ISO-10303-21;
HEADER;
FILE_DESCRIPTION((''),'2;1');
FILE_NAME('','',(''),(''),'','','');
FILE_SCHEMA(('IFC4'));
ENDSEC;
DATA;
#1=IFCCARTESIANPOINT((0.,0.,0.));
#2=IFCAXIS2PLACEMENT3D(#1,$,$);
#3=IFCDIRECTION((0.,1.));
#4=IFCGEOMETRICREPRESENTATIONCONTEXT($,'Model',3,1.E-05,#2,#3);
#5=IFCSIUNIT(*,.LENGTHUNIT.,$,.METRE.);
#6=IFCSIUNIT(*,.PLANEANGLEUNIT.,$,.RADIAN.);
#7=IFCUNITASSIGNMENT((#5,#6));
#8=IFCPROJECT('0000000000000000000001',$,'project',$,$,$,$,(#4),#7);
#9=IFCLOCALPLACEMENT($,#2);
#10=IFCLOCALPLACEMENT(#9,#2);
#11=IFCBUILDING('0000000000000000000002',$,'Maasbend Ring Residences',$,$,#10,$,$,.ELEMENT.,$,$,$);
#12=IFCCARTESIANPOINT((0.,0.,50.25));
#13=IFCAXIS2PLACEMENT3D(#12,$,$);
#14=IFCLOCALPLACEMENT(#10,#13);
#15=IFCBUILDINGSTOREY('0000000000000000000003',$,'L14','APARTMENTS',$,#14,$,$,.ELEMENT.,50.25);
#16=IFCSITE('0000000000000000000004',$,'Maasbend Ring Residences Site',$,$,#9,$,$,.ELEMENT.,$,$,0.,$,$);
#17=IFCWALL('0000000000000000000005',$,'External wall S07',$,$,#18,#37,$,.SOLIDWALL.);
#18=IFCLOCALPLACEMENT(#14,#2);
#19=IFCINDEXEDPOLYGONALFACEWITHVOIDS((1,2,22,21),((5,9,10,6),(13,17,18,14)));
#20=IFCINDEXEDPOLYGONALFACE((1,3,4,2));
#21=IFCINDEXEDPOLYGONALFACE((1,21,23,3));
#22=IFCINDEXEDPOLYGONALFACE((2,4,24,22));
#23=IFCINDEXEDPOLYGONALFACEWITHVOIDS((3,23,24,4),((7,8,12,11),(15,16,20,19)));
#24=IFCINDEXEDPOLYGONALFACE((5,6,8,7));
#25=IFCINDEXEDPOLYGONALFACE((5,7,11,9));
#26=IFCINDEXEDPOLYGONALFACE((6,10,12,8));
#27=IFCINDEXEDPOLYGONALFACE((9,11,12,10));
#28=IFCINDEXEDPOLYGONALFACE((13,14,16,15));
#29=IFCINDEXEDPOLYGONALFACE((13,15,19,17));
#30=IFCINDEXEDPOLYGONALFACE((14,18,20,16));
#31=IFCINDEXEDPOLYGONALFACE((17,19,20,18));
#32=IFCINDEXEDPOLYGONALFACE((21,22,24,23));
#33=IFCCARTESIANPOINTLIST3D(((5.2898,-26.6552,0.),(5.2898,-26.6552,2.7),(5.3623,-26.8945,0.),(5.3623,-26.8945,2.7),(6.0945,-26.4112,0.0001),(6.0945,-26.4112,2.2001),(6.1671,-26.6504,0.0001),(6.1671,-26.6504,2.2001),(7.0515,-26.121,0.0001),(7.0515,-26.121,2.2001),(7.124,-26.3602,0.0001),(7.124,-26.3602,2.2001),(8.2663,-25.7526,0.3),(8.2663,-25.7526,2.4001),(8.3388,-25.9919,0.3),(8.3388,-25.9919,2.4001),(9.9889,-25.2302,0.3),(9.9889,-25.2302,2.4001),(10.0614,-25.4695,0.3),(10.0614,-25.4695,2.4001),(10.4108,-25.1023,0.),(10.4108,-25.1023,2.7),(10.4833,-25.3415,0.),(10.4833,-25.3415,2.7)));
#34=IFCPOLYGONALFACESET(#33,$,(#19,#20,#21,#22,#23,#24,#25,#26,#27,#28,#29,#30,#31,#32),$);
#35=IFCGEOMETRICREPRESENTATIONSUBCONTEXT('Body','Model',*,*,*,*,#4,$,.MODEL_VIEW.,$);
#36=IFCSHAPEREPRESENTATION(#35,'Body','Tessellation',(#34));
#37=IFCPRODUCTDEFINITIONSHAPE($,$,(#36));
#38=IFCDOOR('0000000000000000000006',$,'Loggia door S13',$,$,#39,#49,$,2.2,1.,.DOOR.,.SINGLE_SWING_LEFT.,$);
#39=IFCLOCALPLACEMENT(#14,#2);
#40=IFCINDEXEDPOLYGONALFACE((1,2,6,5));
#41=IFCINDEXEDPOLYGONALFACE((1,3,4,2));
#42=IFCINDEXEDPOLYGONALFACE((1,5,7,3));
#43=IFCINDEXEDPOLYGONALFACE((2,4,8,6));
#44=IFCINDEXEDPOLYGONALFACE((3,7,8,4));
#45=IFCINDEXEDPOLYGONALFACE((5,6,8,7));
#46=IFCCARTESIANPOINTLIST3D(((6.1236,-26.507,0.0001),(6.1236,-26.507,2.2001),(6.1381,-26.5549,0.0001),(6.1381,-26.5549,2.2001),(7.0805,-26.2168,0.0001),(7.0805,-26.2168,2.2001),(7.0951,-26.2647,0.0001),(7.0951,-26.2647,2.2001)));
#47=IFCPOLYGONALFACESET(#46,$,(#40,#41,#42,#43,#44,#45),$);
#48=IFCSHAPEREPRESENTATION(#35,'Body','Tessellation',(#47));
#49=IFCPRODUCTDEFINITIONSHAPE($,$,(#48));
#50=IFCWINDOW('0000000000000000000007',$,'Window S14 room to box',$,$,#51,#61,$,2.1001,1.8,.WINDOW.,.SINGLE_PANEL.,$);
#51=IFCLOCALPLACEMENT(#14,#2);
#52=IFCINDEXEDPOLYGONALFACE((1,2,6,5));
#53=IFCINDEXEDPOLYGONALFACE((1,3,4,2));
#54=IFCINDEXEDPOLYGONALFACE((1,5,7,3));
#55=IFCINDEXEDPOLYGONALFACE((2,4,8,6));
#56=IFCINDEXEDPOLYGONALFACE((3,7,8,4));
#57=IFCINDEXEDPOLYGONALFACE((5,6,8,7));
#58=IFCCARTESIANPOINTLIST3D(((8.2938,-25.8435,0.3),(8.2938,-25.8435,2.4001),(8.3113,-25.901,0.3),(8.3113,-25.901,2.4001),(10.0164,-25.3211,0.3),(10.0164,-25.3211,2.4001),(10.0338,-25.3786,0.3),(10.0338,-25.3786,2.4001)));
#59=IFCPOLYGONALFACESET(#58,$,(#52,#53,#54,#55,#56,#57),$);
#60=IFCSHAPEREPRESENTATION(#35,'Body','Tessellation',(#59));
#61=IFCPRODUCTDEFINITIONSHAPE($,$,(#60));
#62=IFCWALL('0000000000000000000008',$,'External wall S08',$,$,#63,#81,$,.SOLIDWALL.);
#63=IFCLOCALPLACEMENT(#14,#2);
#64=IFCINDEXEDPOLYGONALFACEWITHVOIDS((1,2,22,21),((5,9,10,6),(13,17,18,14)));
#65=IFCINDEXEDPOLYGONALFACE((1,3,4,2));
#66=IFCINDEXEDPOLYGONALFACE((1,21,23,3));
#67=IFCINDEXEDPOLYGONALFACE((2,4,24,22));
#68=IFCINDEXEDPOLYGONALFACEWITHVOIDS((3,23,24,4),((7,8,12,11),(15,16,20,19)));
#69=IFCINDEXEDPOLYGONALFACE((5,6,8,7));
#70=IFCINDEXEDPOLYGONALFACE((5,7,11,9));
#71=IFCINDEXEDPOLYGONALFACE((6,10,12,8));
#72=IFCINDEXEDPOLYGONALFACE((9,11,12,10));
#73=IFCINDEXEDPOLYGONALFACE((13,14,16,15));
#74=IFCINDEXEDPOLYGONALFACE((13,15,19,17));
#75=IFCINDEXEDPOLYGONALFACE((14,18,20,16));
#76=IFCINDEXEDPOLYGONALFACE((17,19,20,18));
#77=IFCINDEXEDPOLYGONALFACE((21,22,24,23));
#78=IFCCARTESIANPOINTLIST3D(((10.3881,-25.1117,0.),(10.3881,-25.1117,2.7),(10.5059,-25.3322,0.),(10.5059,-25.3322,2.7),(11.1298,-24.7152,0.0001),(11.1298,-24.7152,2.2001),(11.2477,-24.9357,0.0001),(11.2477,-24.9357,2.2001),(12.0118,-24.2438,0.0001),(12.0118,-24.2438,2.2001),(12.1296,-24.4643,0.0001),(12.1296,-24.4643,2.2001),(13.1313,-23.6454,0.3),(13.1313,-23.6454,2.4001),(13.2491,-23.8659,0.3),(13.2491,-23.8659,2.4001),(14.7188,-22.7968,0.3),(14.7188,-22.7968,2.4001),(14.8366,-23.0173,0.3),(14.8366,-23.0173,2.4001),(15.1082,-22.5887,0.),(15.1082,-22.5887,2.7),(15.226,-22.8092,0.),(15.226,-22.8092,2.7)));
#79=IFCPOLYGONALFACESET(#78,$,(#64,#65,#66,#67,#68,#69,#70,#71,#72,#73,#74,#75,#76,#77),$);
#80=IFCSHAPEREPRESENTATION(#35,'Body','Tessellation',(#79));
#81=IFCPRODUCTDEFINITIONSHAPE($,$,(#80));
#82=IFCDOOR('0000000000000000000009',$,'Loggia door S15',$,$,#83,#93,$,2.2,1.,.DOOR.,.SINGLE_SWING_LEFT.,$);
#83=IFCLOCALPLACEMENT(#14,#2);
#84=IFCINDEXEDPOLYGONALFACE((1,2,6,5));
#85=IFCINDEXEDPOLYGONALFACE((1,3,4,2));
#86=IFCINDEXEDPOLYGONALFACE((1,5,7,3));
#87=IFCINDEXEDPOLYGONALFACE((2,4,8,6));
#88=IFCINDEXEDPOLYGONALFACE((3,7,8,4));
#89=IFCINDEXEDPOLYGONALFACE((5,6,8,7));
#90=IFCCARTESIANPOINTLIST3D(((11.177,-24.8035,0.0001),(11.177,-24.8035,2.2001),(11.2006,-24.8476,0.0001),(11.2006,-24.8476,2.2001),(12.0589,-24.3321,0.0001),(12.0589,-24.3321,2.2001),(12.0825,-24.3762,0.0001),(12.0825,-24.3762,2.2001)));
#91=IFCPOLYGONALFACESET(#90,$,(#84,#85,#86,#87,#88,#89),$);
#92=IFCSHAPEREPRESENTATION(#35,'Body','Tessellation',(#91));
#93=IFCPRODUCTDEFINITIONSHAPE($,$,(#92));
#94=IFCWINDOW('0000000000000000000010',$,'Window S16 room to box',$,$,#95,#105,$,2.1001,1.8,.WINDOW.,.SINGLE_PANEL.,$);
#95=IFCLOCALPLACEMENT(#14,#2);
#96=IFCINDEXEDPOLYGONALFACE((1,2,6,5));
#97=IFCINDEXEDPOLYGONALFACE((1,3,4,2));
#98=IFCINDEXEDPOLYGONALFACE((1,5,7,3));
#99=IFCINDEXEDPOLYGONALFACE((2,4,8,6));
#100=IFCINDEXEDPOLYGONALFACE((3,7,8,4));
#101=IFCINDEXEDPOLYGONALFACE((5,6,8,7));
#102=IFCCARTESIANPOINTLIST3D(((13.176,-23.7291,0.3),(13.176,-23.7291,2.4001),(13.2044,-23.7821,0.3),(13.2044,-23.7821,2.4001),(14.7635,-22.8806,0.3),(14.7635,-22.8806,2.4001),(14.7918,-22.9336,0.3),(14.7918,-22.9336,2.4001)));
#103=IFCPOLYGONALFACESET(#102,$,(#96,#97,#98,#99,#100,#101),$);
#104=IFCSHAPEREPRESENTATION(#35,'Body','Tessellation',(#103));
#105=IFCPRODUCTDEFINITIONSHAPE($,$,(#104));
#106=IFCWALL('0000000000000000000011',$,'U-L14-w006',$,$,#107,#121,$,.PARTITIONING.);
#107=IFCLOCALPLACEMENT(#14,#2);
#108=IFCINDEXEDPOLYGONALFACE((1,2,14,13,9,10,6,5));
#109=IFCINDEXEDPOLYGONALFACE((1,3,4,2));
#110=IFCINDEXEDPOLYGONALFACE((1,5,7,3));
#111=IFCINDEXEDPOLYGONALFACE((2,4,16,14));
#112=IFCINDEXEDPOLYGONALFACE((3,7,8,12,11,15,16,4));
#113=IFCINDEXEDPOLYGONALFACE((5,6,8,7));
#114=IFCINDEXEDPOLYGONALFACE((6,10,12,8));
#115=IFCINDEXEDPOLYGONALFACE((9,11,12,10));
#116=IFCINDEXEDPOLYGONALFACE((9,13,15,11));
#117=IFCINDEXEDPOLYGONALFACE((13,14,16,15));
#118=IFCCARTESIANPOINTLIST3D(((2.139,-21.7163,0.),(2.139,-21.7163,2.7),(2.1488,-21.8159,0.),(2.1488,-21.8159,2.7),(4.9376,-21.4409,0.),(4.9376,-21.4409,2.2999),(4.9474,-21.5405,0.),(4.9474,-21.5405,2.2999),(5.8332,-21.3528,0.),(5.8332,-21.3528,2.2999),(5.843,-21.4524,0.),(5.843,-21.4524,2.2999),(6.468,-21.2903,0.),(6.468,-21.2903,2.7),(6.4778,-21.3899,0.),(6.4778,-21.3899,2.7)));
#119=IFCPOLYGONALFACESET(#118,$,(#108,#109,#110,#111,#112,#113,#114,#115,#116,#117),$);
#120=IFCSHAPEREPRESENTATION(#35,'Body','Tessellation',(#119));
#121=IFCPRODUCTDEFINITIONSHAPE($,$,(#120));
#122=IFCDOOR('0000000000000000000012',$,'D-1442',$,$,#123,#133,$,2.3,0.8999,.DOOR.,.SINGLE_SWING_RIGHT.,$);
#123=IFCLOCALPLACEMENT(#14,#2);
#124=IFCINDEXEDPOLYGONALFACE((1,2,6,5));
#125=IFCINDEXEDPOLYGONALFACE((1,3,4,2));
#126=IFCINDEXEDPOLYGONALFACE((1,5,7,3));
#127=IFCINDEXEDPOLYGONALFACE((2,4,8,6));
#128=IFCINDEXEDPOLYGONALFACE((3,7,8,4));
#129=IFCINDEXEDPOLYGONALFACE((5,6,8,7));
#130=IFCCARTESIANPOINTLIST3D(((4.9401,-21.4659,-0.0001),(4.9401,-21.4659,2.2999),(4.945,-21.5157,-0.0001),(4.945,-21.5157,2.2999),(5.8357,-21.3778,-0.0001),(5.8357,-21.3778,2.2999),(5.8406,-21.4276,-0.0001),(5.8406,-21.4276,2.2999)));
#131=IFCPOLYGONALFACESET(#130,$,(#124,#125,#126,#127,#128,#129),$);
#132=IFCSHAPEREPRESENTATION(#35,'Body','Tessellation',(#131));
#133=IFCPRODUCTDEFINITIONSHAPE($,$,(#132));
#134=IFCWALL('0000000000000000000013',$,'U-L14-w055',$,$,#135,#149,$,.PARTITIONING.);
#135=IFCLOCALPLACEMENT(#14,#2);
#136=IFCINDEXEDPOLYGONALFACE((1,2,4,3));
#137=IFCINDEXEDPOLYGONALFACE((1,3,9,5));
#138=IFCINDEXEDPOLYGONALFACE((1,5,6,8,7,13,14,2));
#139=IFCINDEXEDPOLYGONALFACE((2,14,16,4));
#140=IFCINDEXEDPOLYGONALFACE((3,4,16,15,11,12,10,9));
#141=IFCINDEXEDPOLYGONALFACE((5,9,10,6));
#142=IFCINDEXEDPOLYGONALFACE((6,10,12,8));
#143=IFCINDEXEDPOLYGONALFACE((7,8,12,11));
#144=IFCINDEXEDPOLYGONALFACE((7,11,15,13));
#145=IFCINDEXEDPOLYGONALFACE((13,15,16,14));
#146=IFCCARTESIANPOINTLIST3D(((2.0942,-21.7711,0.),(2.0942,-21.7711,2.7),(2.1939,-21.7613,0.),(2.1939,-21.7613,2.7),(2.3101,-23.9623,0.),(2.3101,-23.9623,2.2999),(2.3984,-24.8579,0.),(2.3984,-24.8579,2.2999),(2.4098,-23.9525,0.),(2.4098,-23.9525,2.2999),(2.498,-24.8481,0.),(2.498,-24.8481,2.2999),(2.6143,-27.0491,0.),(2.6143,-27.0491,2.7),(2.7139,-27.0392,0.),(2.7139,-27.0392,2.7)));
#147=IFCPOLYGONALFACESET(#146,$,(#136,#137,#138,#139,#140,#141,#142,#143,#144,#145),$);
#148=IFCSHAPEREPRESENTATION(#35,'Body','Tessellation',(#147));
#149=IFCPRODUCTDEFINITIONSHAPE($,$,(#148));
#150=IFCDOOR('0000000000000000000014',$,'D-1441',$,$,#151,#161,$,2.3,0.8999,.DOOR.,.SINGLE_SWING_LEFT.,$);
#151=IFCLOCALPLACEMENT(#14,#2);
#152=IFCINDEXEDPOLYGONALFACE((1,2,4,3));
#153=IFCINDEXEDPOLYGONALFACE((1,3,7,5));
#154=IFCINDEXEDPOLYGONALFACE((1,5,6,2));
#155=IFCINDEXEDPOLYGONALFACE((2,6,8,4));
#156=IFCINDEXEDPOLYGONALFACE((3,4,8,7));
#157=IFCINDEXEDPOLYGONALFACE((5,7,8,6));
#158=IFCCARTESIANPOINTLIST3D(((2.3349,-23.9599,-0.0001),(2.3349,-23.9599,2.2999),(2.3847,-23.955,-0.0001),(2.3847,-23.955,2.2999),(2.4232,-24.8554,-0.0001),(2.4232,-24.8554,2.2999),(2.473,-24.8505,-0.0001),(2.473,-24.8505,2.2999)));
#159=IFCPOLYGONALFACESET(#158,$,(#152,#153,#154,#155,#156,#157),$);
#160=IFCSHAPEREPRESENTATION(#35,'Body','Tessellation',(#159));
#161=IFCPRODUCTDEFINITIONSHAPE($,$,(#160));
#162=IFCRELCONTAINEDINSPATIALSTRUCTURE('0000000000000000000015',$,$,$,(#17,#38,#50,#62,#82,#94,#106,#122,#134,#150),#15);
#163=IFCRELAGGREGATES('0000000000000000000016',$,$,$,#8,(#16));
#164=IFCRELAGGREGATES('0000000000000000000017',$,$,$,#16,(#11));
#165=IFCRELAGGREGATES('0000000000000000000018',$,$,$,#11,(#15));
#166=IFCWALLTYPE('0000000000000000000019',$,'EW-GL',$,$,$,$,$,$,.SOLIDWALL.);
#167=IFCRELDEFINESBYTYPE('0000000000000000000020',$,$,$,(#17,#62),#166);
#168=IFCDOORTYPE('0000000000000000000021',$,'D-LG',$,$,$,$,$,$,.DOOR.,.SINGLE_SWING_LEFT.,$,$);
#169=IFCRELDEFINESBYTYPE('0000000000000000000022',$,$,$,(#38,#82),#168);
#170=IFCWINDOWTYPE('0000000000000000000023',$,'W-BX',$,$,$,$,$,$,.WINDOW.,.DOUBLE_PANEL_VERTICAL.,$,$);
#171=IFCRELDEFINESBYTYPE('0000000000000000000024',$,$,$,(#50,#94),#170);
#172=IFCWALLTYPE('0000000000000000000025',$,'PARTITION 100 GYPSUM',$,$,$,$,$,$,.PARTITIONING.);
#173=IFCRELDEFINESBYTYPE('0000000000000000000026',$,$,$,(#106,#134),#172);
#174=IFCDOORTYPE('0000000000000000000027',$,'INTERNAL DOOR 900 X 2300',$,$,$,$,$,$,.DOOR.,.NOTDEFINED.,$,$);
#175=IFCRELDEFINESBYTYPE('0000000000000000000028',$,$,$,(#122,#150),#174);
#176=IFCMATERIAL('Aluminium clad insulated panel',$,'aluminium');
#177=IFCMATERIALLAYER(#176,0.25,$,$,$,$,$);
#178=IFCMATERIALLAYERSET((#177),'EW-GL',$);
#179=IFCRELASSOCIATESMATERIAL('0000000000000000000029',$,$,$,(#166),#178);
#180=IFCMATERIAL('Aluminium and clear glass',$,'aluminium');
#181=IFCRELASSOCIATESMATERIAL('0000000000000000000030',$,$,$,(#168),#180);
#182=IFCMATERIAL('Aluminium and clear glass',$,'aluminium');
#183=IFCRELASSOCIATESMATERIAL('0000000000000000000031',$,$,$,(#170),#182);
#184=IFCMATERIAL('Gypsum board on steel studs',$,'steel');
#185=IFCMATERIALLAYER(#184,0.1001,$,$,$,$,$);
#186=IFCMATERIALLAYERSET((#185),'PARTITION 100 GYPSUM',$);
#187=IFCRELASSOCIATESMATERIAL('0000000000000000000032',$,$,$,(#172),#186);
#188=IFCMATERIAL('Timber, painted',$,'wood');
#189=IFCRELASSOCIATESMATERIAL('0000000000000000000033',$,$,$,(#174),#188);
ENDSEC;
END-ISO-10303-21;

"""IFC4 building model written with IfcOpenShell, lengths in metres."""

from ifc_helpers import new_model, si_unit, direction, frame, frame_2d, origin, place, context, subcontext, project, spatial, rectangle, extrude, material, layer, layer_set, type_object, element, fill, save


model = new_model("IFC4")

# Units and contexts
model_context = context("Model", 3, precision=1e-05, world=origin(), true_north=direction((0.0, 1.0)))
body_context = subcontext(model_context, "Body", "Model", "MODEL_VIEW")
ifc_project = project(units=[si_unit("LENGTHUNIT", "METRE"), si_unit("PLANEANGLEUNIT", "RADIAN")], contexts=[model_context])

# Site, building, storey
site_placement = place(None, origin())
site = spatial("IfcSite", under=ifc_project, at=site_placement, Name="Maasbend Ring Residences Site", CompositionType="ELEMENT", RefElevation=0.0)
building_placement = place(site_placement, origin())
building = spatial("IfcBuilding", under=site, at=building_placement, Name="Maasbend Ring Residences", CompositionType="ELEMENT")
storey_placement = place(building_placement, frame((0.0, 0.0, 50.25)))
storey = spatial("IfcBuildingStorey", under=building, at=storey_placement, Name="L14", Description="APARTMENTS", CompositionType="ELEMENT", Elevation=50.25)

# Walls, openings, doors, windows
ifc_material_1 = material(Name="Aluminium clad insulated panel", Category="aluminium")
ifc_layer_1 = layer(ifc_material_1, 0.25)
ifc_layer_set_1 = layer_set([ifc_layer_1], Name="EW-GL")
wall_type_1 = type_object("IfcWallType", Name="EW-GL", PredefinedType="SOLIDWALL", material=ifc_layer_set_1)
wall_1_placement = place(storey_placement, frame((5.3259, -26.7749, 0.0), z_axis=(0.0, 0.0, 1.0), x_axis=(0.956966, 0.290201, 0.0)))
wall_1 = element("IfcWall", 1, at=wall_1_placement, inside=storey, type_object=wall_type_1, Name="External wall S07", PredefinedType="SOLIDWALL", context=body_context, shape_type="SweptSolid", body=[
    extrude(rectangle(XDim=5.3513, YDim=0.25, at=frame_2d((2.6758, 0.0))), origin(), (0.0, 0.0, 1.0), 2.7),
])
opening_1_placement = place(wall_1_placement, frame((0.8411, 0.0, 0.0)))
opening_1 = element("IfcOpeningElement", 2, at=opening_1_placement, cuts=wall_1, PredefinedType="OPENING", context=body_context, shape_type="SweptSolid", body=[
    extrude(rectangle(XDim=1.0, YDim=2.2, at=frame_2d((0.5, 1.1001))), frame((0.0, 0.135, 0.0), z_axis=(0.0, -1.0, 0.0), x_axis=(1.0, 0.0, 0.0)), (0.0, 0.0, 1.0), 0.27),
])
opening_2_placement = place(wall_1_placement, frame((3.1106, 0.0, 0.3)))
opening_2 = element("IfcOpeningElement", 3, at=opening_2_placement, cuts=wall_1, PredefinedType="OPENING", context=body_context, shape_type="SweptSolid", body=[
    extrude(rectangle(XDim=1.8, YDim=2.1001, at=frame_2d((0.8999, 1.05))), frame((0.0, 0.135, 0.0), z_axis=(0.0, -1.0, 0.0), x_axis=(1.0, 0.0, 0.0)), (0.0, 0.0, 1.0), 0.27),
])
ifc_material_2 = material(Name="Aluminium and clear glass", Category="aluminium")
door_type_1 = type_object("IfcDoorType", Name="D-LG", OperationType="SINGLE_SWING_LEFT", PredefinedType="DOOR", material=ifc_material_2)
door_1_placement = place(opening_1_placement, origin())
door_1 = element("IfcDoor", 4, at=door_1_placement, inside=storey, type_object=door_type_1, Name="Loggia door S13", OperationType="SINGLE_SWING_LEFT", OverallHeight=2.2, OverallWidth=1.0, PredefinedType="DOOR", context=body_context, shape_type="SweptSolid", body=[
    extrude(rectangle(XDim=1.0, YDim=2.2, at=frame_2d((0.5, 1.1001))), frame((0.0, 0.0249, 0.0), z_axis=(0.0, -1.0, 0.0), x_axis=(1.0, 0.0, 0.0)), (0.0, 0.0, 1.0), 0.05),
])
fill(opening_1, door_1)
ifc_material_3 = material(Name="Aluminium and clear glass", Category="aluminium")
window_type_1 = type_object("IfcWindowType", Name="W-BX", PartitioningType="DOUBLE_PANEL_VERTICAL", PredefinedType="WINDOW", material=ifc_material_3)
window_1_placement = place(opening_2_placement, origin())
window_1 = element("IfcWindow", 5, at=window_1_placement, inside=storey, type_object=window_type_1, Name="Window S14 room to box", OverallHeight=2.1001, OverallWidth=1.8, PartitioningType="SINGLE_PANEL", PredefinedType="WINDOW", context=body_context, shape_type="SweptSolid", body=[
    extrude(rectangle(XDim=1.8, YDim=2.1001, at=frame_2d((0.8999, 1.05))), frame((0.0, 0.03, 0.0), z_axis=(0.0, -1.0, 0.0), x_axis=(1.0, 0.0, 0.0)), (0.0, 0.0, 1.0), 0.0601),
])
fill(opening_2, window_1)
wall_2_placement = place(storey_placement, frame((10.447, -25.2219, 0.0), z_axis=(0.0, 0.0, 1.0), x_axis=(0.881916, 0.471407, 0.0)))
wall_2 = element("IfcWall", 6, at=wall_2_placement, inside=storey, type_object=wall_type_1, Name="External wall S08", PredefinedType="SOLIDWALL", context=body_context, shape_type="SweptSolid", body=[
    extrude(rectangle(XDim=5.3521, YDim=0.25, at=frame_2d((2.676, 0.0))), origin(), (0.0, 0.0, 1.0), 2.7),
])
opening_3_placement = place(wall_2_placement, frame((0.8411, 0.0, 0.0)))
opening_3 = element("IfcOpeningElement", 7, at=opening_3_placement, cuts=wall_2, PredefinedType="OPENING", context=body_context, shape_type="SweptSolid", body=[
    extrude(rectangle(XDim=1.0, YDim=2.2, at=frame_2d((0.5, 1.1001))), frame((0.0, 0.135, 0.0), z_axis=(0.0, -1.0, 0.0), x_axis=(1.0, 0.0, 0.0)), (0.0, 0.0, 1.0), 0.27),
])
opening_4_placement = place(wall_2_placement, frame((3.1106, 0.0, 0.3)))
opening_4 = element("IfcOpeningElement", 8, at=opening_4_placement, cuts=wall_2, PredefinedType="OPENING", context=body_context, shape_type="SweptSolid", body=[
    extrude(rectangle(XDim=1.8, YDim=2.1001, at=frame_2d((0.8999, 1.05))), frame((0.0, 0.135, 0.0), z_axis=(0.0, -1.0, 0.0), x_axis=(1.0, 0.0, 0.0)), (0.0, 0.0, 1.0), 0.27),
])
door_2_placement = place(opening_3_placement, origin())
door_2 = element("IfcDoor", 9, at=door_2_placement, inside=storey, type_object=door_type_1, Name="Loggia door S15", OperationType="SINGLE_SWING_LEFT", OverallHeight=2.2, OverallWidth=1.0, PredefinedType="DOOR", context=body_context, shape_type="SweptSolid", body=[
    extrude(rectangle(XDim=1.0, YDim=2.2, at=frame_2d((0.5, 1.1001))), frame((0.0, 0.0249, 0.0), z_axis=(0.0, -1.0, 0.0), x_axis=(1.0, 0.0, 0.0)), (0.0, 0.0, 1.0), 0.05),
])
fill(opening_3, door_2)
window_2_placement = place(opening_4_placement, origin())
window_2 = element("IfcWindow", 10, at=window_2_placement, inside=storey, type_object=window_type_1, Name="Window S16 room to box", OverallHeight=2.1001, OverallWidth=1.8, PartitioningType="SINGLE_PANEL", PredefinedType="WINDOW", context=body_context, shape_type="SweptSolid", body=[
    extrude(rectangle(XDim=1.8, YDim=2.1001, at=frame_2d((0.8999, 1.05))), frame((0.0, 0.03, 0.0), z_axis=(0.0, -1.0, 0.0), x_axis=(1.0, 0.0, 0.0)), (0.0, 0.0, 1.0), 0.0601),
])
fill(opening_4, window_2)

# Walls, openings, doors
ifc_material_4 = material(Name="Gypsum board on steel studs", Category="steel")
ifc_layer_2 = layer(ifc_material_4, 0.1001)
ifc_layer_set_2 = layer_set([ifc_layer_2], Name="PARTITION 100 GYPSUM")
wall_type_2 = type_object("IfcWallType", Name="PARTITION 100 GYPSUM", PredefinedType="PARTITIONING", material=ifc_layer_set_2)
wall_3_placement = place(storey_placement, frame((2.144, -21.7661, 0.0), z_axis=(0.0, 0.0, 1.0), x_axis=(0.995192, 0.097942, 0.0)))
wall_3 = element("IfcWall", 11, at=wall_3_placement, inside=storey, type_object=wall_type_2, Name="U-L14-w006", PredefinedType="PARTITIONING", context=body_context, shape_type="SweptSolid", body=[
    extrude(rectangle(XDim=4.3499, YDim=0.1001, at=frame_2d((2.1748, 0.0))), origin(), (0.0, 0.0, 1.0), 2.7),
])
opening_5_placement = place(wall_3_placement, frame((2.812, 0.0, 0.0)))
opening_5 = element("IfcOpeningElement", 12, at=opening_5_placement, cuts=wall_3, PredefinedType="OPENING", context=body_context, shape_type="SweptSolid", body=[
    extrude(rectangle(XDim=0.8999, YDim=2.3, at=frame_2d((0.45, 1.1499))), frame((0.0, 0.0601, 0.0), z_axis=(0.0, -1.0, 0.0), x_axis=(1.0, 0.0, 0.0)), (0.0, 0.0, 1.0), 0.1201),
])
ifc_material_5 = material(Name="Timber, painted", Category="wood")
door_type_2 = type_object("IfcDoorType", Name="INTERNAL DOOR 900 X 2300", OperationType="NOTDEFINED", PredefinedType="DOOR", material=ifc_material_5)
door_3_placement = place(opening_5_placement, origin())
door_3 = element("IfcDoor", 13, at=door_3_placement, inside=storey, type_object=door_type_2, Name="D-1442", OperationType="SINGLE_SWING_RIGHT", OverallHeight=2.3, OverallWidth=0.8999, PredefinedType="DOOR", context=body_context, shape_type="SweptSolid", body=[
    extrude(rectangle(XDim=0.8999, YDim=2.3, at=frame_2d((0.45, 1.1499))), frame((0.0, 0.0249, 0.0), z_axis=(0.0, -1.0, 0.0), x_axis=(1.0, 0.0, 0.0)), (0.0, 0.0, 1.0), 0.05),
])
fill(opening_5, door_3)
wall_4_placement = place(storey_placement, frame((2.144, -21.7661, 0.0), z_axis=(0.0, 0.0, 1.0), x_axis=(0.098054, -0.995181, 0.0)))
wall_4 = element("IfcWall", 14, at=wall_4_placement, inside=storey, type_object=wall_type_2, Name="U-L14-w055", PredefinedType="PARTITIONING", context=body_context, shape_type="SweptSolid", body=[
    extrude(rectangle(XDim=5.3035, YDim=0.1001, at=frame_2d((2.6519, 0.0))), origin(), (0.0, 0.0, 1.0), 2.7),
])
opening_6_placement = place(wall_4_placement, frame((2.2019, 0.0, 0.0)))
opening_6 = element("IfcOpeningElement", 15, at=opening_6_placement, cuts=wall_4, PredefinedType="OPENING", context=body_context, shape_type="SweptSolid", body=[
    extrude(rectangle(XDim=0.8999, YDim=2.3, at=frame_2d((0.45, 1.1499))), frame((0.0, 0.0601, 0.0), z_axis=(0.0, -1.0, 0.0), x_axis=(1.0, 0.0, 0.0)), (0.0, 0.0, 1.0), 0.1201),
])
door_4_placement = place(opening_6_placement, origin())
door_4 = element("IfcDoor", 16, at=door_4_placement, inside=storey, type_object=door_type_2, Name="D-1441", OperationType="SINGLE_SWING_LEFT", OverallHeight=2.3, OverallWidth=0.8999, PredefinedType="DOOR", context=body_context, shape_type="SweptSolid", body=[
    extrude(rectangle(XDim=0.8999, YDim=2.3, at=frame_2d((0.45, 1.1499))), frame((0.0, 0.0249, 0.0), z_axis=(0.0, -1.0, 0.0), x_axis=(1.0, 0.0, 0.0)), (0.0, 0.0, 1.0), 0.05),
])
fill(opening_6, door_4)

save(model, "model.ifc")
